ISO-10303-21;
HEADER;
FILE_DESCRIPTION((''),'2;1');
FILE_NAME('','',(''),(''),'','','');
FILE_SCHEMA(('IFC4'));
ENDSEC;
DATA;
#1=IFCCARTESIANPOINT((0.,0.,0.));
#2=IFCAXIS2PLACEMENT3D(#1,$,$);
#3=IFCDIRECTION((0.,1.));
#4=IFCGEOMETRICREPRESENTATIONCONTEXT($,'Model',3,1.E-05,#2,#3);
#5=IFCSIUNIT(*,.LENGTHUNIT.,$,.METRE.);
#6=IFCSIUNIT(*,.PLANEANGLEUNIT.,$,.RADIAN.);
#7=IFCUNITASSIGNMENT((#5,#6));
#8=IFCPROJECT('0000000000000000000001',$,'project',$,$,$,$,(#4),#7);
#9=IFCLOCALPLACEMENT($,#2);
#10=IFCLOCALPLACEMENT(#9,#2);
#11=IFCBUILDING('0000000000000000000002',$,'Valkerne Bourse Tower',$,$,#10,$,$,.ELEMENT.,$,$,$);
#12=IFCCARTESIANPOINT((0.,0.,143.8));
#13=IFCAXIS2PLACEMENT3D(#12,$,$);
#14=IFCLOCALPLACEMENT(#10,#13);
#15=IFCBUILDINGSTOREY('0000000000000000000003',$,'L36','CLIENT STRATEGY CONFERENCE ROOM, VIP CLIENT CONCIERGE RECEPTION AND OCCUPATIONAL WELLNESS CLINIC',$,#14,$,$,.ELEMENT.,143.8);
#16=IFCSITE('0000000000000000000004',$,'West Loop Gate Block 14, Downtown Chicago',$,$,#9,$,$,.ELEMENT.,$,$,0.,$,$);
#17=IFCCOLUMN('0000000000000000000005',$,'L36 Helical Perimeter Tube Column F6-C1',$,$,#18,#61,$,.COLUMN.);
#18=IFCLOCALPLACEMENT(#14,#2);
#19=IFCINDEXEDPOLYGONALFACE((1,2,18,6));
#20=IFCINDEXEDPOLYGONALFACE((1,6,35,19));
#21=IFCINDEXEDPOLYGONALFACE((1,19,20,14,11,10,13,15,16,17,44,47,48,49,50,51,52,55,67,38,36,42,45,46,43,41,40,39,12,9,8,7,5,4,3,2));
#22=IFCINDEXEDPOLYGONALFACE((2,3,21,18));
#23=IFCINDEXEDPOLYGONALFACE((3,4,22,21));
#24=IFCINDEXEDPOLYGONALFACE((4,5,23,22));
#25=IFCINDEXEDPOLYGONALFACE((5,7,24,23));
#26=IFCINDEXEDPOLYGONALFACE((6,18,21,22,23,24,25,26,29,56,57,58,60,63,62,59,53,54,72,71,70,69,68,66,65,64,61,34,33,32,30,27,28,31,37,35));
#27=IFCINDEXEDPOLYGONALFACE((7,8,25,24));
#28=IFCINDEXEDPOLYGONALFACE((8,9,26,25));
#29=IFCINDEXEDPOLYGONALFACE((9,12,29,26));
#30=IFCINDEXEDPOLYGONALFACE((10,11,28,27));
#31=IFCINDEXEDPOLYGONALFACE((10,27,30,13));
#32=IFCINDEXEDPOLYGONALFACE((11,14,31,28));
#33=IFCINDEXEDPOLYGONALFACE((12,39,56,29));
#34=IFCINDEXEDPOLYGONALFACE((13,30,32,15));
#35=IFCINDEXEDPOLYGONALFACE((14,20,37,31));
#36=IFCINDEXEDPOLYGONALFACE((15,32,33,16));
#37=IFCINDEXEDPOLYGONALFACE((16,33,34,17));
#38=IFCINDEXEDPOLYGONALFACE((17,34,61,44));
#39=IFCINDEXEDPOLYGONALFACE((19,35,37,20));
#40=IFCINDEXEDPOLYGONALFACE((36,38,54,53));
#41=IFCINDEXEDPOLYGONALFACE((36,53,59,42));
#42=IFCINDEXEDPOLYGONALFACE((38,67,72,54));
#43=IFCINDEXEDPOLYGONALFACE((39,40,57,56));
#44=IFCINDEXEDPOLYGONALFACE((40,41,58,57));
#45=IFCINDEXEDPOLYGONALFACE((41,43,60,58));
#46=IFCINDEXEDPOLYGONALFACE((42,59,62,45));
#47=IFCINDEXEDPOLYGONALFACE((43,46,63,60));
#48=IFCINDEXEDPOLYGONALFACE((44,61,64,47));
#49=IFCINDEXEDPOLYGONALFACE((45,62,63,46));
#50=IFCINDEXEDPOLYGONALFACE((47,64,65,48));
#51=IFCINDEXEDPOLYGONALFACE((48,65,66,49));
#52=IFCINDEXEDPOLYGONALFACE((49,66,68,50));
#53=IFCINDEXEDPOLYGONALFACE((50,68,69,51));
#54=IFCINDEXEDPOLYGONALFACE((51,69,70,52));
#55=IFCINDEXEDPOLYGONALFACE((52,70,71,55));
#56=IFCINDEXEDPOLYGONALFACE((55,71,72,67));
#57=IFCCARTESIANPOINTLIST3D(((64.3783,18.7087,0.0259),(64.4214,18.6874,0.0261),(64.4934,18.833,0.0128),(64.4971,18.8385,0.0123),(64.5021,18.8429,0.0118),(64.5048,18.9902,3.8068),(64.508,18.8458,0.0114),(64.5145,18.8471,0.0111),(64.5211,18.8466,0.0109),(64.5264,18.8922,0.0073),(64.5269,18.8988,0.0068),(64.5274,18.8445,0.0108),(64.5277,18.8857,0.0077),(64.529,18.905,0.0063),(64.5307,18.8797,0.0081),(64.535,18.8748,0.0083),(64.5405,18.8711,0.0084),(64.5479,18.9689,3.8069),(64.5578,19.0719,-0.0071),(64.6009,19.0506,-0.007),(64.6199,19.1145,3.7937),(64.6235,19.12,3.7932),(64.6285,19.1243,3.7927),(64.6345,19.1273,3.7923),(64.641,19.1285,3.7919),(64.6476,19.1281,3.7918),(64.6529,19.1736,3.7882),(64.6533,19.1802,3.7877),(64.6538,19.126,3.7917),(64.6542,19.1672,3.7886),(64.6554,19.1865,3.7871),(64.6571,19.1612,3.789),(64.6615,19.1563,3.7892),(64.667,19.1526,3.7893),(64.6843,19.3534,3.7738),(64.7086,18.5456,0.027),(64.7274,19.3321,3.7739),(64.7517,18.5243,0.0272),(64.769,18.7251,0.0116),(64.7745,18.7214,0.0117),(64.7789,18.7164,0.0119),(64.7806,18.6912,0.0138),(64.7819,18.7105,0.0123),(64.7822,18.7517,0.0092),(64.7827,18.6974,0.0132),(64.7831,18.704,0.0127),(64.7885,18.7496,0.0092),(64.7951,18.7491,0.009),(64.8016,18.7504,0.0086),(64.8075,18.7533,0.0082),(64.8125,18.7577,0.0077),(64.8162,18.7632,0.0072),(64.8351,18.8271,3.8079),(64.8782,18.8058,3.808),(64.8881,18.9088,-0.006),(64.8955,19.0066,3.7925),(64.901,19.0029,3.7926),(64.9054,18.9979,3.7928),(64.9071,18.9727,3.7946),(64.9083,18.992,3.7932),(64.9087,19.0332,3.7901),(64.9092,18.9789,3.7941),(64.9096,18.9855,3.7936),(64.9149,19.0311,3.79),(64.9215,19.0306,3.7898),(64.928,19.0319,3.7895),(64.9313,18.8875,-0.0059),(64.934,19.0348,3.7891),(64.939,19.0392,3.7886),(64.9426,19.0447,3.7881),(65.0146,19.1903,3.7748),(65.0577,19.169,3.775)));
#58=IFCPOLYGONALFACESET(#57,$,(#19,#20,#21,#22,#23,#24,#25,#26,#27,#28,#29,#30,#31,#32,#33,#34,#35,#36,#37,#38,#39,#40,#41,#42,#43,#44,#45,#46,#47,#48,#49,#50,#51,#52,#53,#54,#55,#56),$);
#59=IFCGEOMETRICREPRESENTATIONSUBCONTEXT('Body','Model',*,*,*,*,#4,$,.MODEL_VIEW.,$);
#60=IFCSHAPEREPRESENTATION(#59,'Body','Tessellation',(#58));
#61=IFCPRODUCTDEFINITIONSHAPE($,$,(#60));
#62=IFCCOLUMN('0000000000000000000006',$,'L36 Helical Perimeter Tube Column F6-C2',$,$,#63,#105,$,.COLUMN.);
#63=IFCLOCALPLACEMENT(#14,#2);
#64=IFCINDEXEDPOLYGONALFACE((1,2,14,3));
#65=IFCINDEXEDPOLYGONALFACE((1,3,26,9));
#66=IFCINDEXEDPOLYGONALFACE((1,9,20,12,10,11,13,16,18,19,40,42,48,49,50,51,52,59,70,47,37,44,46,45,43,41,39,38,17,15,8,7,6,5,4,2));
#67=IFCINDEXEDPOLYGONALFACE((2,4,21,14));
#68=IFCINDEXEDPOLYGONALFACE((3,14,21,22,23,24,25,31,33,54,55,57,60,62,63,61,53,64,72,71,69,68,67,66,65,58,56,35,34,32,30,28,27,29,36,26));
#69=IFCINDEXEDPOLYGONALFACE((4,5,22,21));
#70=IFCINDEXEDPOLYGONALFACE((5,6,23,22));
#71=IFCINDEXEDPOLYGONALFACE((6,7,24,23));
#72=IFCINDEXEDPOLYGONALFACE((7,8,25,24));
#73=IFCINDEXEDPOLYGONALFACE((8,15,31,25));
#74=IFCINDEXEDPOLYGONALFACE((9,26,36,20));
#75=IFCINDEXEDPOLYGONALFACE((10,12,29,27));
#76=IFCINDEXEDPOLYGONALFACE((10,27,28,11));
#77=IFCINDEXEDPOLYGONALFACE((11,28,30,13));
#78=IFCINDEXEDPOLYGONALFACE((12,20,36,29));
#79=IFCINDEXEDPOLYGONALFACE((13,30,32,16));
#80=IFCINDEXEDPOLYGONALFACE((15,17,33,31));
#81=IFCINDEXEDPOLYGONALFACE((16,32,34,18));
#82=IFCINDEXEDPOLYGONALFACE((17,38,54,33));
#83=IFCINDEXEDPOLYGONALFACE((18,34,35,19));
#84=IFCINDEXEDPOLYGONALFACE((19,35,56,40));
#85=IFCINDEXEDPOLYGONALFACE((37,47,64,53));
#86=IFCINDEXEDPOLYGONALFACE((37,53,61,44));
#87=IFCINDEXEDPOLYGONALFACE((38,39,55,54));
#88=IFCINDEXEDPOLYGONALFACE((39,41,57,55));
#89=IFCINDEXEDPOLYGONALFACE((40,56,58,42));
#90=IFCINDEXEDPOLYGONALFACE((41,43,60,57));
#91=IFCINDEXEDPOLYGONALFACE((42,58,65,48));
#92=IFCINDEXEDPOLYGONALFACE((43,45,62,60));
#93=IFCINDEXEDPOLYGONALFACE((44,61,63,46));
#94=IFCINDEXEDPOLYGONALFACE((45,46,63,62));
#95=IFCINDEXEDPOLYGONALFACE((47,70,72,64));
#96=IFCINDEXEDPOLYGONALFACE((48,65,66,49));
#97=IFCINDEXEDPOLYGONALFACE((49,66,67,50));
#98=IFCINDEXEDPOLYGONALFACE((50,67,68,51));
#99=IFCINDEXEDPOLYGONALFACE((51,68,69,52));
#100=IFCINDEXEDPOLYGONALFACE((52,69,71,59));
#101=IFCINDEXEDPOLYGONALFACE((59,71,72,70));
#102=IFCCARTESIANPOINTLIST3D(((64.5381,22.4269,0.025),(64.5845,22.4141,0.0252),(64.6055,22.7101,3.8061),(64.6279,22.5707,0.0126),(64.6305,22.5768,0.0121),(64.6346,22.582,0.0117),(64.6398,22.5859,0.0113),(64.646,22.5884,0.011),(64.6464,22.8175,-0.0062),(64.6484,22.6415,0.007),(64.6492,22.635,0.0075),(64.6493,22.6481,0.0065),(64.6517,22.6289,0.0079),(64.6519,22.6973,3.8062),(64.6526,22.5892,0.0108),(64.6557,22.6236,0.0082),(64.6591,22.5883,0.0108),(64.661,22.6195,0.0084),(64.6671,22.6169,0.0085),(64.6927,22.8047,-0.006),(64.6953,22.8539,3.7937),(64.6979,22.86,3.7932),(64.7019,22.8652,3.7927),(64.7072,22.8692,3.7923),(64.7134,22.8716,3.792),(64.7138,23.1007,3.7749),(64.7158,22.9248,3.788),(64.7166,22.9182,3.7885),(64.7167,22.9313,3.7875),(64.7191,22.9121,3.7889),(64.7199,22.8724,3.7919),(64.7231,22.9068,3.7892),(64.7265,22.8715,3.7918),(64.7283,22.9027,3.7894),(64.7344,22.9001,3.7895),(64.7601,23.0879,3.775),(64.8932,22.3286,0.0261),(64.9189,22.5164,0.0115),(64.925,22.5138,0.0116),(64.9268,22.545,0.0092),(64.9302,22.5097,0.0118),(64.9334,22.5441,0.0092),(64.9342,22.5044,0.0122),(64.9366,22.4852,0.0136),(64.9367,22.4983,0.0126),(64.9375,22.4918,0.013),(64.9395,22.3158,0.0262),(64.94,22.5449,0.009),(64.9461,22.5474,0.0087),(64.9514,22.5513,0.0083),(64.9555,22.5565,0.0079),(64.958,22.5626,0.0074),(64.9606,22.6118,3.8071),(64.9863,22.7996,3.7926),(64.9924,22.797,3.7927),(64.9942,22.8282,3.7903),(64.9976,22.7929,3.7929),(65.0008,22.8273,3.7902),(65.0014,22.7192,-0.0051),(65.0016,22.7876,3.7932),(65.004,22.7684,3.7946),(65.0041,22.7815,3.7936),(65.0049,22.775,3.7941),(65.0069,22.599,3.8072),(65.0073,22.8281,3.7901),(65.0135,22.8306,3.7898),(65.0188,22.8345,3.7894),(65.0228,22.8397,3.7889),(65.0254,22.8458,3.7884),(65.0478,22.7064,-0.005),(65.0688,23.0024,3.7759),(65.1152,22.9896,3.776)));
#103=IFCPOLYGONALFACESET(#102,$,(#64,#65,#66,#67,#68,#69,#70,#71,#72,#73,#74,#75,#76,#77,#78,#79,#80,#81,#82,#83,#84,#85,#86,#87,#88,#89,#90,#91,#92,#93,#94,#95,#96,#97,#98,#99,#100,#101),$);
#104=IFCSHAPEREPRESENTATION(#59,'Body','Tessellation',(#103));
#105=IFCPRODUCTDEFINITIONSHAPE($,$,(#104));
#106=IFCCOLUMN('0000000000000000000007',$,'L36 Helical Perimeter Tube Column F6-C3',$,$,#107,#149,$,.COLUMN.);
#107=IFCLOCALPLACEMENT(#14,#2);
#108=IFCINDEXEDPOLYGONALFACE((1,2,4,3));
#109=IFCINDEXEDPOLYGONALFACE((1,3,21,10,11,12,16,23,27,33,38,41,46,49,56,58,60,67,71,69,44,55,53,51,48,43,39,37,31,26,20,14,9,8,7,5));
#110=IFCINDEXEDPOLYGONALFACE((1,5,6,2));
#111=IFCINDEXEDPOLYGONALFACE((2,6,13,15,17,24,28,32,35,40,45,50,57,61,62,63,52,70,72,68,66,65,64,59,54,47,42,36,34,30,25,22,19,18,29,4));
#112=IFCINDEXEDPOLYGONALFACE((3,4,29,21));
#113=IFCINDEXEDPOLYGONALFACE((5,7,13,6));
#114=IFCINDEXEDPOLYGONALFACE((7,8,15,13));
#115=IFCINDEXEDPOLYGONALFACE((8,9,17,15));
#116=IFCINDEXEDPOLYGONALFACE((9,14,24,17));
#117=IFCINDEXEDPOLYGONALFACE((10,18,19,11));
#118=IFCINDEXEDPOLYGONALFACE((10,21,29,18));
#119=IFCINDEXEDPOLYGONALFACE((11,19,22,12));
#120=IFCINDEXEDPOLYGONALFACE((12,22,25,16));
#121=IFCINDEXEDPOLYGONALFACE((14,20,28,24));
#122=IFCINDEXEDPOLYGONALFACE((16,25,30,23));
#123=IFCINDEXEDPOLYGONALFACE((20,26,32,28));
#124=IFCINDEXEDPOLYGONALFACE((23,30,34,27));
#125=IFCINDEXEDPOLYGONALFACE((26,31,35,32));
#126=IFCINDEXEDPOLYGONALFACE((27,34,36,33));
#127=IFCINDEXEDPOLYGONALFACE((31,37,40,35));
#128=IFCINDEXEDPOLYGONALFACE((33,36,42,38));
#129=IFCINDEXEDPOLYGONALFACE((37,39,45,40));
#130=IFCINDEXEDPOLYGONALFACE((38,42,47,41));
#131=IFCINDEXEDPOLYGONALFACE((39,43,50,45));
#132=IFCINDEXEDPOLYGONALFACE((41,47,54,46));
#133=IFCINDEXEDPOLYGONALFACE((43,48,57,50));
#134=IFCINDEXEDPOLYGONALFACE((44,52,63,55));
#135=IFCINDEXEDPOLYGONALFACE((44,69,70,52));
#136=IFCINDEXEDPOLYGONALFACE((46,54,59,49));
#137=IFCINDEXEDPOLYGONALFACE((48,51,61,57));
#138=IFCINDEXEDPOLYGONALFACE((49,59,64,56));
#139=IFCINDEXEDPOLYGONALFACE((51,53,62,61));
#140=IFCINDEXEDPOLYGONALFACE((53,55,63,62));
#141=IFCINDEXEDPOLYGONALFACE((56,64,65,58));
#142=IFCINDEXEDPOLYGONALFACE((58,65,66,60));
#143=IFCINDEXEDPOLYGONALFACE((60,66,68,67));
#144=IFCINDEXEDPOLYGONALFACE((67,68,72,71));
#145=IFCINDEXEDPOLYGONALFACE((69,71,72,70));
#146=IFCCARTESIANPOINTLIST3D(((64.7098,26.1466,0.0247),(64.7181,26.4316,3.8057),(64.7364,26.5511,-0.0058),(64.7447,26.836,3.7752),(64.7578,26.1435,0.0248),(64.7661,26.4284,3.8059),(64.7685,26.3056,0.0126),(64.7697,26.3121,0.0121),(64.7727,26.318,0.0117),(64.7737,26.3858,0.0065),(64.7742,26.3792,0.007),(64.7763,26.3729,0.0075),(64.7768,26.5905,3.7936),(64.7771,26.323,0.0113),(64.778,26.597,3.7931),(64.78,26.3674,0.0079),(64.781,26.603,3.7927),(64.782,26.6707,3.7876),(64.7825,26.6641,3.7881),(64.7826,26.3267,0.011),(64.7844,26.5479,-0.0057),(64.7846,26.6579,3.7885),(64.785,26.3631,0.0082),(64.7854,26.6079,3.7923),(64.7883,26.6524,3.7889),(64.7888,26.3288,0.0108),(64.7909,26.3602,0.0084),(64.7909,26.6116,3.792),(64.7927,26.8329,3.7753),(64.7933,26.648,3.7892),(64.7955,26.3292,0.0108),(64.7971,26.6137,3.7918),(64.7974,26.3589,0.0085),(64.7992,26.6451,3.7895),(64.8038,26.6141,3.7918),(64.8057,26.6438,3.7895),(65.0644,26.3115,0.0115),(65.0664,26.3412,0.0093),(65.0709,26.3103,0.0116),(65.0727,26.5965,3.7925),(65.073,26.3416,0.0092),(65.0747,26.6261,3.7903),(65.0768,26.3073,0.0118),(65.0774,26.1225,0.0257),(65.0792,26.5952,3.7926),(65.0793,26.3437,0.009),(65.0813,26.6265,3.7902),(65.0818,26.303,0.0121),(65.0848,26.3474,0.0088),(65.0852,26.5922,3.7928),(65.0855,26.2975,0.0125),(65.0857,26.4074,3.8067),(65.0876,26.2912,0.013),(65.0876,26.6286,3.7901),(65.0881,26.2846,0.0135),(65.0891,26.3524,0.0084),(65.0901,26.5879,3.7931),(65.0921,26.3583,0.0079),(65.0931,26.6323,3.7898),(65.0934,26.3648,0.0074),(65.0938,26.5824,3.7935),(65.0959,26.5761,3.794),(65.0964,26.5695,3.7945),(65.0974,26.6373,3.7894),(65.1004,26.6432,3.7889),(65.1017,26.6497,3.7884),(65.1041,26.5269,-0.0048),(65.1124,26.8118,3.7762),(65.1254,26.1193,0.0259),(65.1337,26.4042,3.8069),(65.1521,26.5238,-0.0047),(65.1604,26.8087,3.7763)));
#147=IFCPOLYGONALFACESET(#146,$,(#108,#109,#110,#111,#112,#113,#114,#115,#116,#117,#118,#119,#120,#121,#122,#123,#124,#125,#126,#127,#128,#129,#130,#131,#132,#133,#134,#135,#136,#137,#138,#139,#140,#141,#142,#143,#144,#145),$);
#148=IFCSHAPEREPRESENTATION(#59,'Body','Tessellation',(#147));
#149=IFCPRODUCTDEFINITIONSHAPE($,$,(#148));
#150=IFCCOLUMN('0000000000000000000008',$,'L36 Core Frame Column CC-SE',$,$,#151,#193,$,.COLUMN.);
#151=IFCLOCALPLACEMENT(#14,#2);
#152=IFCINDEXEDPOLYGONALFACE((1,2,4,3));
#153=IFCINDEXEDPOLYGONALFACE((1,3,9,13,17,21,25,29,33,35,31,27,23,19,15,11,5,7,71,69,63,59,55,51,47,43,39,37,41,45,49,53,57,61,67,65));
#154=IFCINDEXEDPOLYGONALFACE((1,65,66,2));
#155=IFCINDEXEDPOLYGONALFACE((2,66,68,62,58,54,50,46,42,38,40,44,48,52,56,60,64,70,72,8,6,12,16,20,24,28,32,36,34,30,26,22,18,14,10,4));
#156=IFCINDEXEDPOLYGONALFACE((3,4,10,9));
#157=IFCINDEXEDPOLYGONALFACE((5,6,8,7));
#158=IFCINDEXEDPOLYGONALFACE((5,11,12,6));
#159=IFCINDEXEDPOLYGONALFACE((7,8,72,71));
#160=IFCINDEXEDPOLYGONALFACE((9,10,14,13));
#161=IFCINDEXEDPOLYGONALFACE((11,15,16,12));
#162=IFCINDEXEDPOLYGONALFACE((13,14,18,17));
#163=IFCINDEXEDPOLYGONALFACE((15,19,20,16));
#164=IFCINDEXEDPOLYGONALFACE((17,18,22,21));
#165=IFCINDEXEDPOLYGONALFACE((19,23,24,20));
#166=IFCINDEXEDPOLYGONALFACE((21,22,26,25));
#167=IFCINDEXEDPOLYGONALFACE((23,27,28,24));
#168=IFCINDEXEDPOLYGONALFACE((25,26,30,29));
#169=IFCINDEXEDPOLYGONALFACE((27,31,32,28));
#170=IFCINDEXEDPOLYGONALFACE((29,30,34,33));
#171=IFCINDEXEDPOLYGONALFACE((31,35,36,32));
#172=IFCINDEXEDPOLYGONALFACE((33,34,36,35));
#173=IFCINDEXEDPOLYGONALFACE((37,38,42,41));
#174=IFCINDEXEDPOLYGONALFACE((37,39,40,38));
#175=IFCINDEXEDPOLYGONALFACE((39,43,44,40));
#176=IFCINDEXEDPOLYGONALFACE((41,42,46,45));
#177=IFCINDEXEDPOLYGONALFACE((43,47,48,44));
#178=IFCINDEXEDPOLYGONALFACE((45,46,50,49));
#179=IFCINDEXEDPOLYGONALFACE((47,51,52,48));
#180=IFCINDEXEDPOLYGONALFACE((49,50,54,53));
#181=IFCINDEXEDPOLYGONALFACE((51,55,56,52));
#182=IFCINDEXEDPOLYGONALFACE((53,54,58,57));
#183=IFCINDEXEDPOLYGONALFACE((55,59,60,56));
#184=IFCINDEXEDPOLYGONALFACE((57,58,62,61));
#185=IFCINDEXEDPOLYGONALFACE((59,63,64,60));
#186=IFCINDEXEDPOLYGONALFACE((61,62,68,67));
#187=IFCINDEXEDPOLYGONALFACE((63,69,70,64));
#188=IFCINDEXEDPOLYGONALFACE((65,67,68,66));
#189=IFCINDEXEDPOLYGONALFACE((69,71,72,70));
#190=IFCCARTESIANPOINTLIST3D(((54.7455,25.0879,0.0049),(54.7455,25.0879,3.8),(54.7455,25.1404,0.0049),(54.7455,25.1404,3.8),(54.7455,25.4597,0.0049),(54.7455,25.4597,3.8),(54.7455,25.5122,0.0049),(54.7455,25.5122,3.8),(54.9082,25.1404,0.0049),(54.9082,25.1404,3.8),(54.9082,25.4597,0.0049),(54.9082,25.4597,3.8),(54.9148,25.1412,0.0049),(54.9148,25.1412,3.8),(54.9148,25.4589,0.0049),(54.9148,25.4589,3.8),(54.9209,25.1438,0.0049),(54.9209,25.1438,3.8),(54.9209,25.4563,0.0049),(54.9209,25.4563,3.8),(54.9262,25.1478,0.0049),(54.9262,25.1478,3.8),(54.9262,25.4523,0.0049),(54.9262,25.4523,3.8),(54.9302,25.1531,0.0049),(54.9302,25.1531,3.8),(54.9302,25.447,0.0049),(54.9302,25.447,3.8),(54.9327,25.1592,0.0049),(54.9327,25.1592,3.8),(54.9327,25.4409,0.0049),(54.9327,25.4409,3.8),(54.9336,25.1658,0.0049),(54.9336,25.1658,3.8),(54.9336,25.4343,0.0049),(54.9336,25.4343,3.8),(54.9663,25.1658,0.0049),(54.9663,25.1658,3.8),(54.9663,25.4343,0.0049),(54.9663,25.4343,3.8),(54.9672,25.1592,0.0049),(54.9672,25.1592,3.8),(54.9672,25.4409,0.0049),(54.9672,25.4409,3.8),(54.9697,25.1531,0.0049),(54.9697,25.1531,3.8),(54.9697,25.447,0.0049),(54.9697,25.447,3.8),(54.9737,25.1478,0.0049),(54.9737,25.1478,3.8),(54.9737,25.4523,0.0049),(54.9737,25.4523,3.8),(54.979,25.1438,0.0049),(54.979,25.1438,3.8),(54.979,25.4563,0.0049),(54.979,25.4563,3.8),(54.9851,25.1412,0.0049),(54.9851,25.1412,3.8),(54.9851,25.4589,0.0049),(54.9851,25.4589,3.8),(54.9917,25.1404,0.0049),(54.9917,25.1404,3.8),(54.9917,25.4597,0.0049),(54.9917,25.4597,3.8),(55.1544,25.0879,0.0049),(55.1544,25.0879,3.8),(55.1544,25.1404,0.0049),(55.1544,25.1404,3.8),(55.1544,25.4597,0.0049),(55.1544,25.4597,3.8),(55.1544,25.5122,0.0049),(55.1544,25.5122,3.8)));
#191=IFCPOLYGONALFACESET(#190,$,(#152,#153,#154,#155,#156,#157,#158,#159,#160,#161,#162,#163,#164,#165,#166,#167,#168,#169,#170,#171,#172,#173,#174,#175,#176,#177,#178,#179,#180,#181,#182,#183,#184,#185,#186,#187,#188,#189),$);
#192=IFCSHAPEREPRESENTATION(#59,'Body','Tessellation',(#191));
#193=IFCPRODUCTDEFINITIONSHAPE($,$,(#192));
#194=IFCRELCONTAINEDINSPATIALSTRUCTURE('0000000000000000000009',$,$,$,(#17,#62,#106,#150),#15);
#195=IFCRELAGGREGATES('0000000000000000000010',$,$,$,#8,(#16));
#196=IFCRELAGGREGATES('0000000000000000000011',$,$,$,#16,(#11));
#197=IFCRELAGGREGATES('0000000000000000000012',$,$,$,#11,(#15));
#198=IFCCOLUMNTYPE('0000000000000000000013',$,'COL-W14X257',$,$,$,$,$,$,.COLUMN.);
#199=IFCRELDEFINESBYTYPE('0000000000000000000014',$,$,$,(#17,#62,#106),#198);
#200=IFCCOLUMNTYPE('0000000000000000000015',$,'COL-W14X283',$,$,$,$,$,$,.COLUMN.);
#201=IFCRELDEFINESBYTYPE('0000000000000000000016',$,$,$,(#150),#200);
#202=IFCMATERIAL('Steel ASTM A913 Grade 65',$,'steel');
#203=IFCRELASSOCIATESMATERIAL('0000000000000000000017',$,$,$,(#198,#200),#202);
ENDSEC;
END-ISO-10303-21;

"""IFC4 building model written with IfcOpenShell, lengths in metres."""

from ifc_helpers import new_model, si_unit, direction, frame, origin, origin_2d, place, context, subcontext, project, spatial, i_section, extrude, material, material_profile, profile_set, type_object, element, save


model = new_model("IFC4")

# Units and contexts
model_context = context("Model", 3, precision=1e-05, world=origin(), true_north=direction((0.0, 1.0)))
body_context = subcontext(model_context, "Body", "Model", "MODEL_VIEW")
ifc_project = project(units=[si_unit("LENGTHUNIT", "METRE"), si_unit("PLANEANGLEUNIT", "RADIAN")], contexts=[model_context])

# Site, building, storey
site_placement = place(None, origin())
site = spatial("IfcSite", under=ifc_project, at=site_placement, Name="West Loop Gate Block 14, Downtown Chicago", CompositionType="ELEMENT", RefElevation=0.0)
building_placement = place(site_placement, origin())
building = spatial("IfcBuilding", under=site, at=building_placement, Name="Valkerne Bourse Tower", CompositionType="ELEMENT")
storey_placement = place(building_placement, frame((0.0, 0.0, 143.8)))
storey = spatial("IfcBuildingStorey", under=building, at=storey_placement, Name="L36", Description="CLIENT STRATEGY CONFERENCE ROOM, VIP CLIENT CONCIERGE RECEPTION AND OCCUPATIONAL WELLNESS CLINIC", CompositionType="ELEMENT", Elevation=143.8)

# Columns
ifc_material_1 = material(Name="Steel ASTM A913 Grade 65", Category="steel")
ifc_material_profile_1 = material_profile(ifc_material_1, i_section(OverallWidth=0.4065, OverallDepth=0.4165, WebThickness=0.0298, FlangeThickness=0.0481, FilletRadius=0.0254, at=origin_2d()), Name="W14X257")
ifc_profile_set_1 = profile_set([ifc_material_profile_1], Name="Steel ASTM A913 Grade 65")
column_type_1 = type_object("IfcColumnType", Name="COL-W14X257", PredefinedType="COLUMN", material=ifc_profile_set_1)
column_1_placement = place(storey_placement, frame((64.6548, 18.7981, 0.01), z_axis=(0.033337, 0.074203, 0.996686), x_axis=(-0.441598, -0.893522, 0.081293)))
element("IfcColumn", 1, at=column_1_placement, inside=storey, type_object=column_type_1, Name="L36 Helical Perimeter Tube Column F6-C1", PredefinedType="COLUMN", context=body_context, shape_type="SweptSolid", body=[
    extrude(i_section(OverallWidth=0.4065, OverallDepth=0.4165, WebThickness=0.0298, FlangeThickness=0.0481, FilletRadius=0.0254, at=origin_2d()), origin(), (0.0, 0.0, 1.0), 3.7935),
])
column_2_placement = place(storey_placement, frame((64.793, 22.5667, 0.01), z_axis=(0.017769, 0.074681, 0.997049), x_axis=(-0.26628, -0.960838, 0.076714)))
element("IfcColumn", 2, at=column_2_placement, inside=storey, type_object=column_type_1, Name="L36 Helical Perimeter Tube Column F6-C2", PredefinedType="COLUMN", context=body_context, shape_type="SweptSolid", body=[
    extrude(i_section(OverallWidth=0.4065, OverallDepth=0.4165, WebThickness=0.0298, FlangeThickness=0.0481, FilletRadius=0.0254, at=origin_2d()), origin(), (0.0, 0.0, 1.0), 3.7922),
])
column_3_placement = place(storey_placement, frame((64.9309, 26.3352, 0.01), z_axis=(0.002189, 0.07514, 0.997171), x_axis=(-0.065648, -0.995011, 0.075122)))
element("IfcColumn", 3, at=column_3_placement, inside=storey, type_object=column_type_1, Name="L36 Helical Perimeter Tube Column F6-C3", PredefinedType="COLUMN", context=body_context, shape_type="SweptSolid", body=[
    extrude(i_section(OverallWidth=0.4065, OverallDepth=0.4165, WebThickness=0.0298, FlangeThickness=0.0481, FilletRadius=0.0254, at=origin_2d()), origin(), (0.0, 0.0, 1.0), 3.7917),
])
ifc_material_profile_2 = material_profile(ifc_material_1, i_section(OverallWidth=0.4089, OverallDepth=0.4243, WebThickness=0.0327, FlangeThickness=0.0525, FilletRadius=0.0254, at=origin_2d()), Name="W14X283")
ifc_profile_set_2 = profile_set([ifc_material_profile_2], Name="Steel ASTM A913 Grade 65")
column_type_2 = type_object("IfcColumnType", Name="COL-W14X283", PredefinedType="COLUMN", material=ifc_profile_set_2)
column_4_placement = place(storey_placement, frame((54.95, 25.3, 0.0049), z_axis=(0.0, 0.0, 1.0), x_axis=(1.0, 0.0, 0.0)))
element("IfcColumn", 4, at=column_4_placement, inside=storey, type_object=column_type_2, Name="L36 Core Frame Column CC-SE", PredefinedType="COLUMN", context=body_context, shape_type="SweptSolid", body=[
    extrude(i_section(OverallWidth=0.4089, OverallDepth=0.4243, WebThickness=0.0327, FlangeThickness=0.0525, FilletRadius=0.0254, at=origin_2d()), origin(), (0.0, 0.0, 1.0), 3.7952),
])

save(model, "model.ifc")
